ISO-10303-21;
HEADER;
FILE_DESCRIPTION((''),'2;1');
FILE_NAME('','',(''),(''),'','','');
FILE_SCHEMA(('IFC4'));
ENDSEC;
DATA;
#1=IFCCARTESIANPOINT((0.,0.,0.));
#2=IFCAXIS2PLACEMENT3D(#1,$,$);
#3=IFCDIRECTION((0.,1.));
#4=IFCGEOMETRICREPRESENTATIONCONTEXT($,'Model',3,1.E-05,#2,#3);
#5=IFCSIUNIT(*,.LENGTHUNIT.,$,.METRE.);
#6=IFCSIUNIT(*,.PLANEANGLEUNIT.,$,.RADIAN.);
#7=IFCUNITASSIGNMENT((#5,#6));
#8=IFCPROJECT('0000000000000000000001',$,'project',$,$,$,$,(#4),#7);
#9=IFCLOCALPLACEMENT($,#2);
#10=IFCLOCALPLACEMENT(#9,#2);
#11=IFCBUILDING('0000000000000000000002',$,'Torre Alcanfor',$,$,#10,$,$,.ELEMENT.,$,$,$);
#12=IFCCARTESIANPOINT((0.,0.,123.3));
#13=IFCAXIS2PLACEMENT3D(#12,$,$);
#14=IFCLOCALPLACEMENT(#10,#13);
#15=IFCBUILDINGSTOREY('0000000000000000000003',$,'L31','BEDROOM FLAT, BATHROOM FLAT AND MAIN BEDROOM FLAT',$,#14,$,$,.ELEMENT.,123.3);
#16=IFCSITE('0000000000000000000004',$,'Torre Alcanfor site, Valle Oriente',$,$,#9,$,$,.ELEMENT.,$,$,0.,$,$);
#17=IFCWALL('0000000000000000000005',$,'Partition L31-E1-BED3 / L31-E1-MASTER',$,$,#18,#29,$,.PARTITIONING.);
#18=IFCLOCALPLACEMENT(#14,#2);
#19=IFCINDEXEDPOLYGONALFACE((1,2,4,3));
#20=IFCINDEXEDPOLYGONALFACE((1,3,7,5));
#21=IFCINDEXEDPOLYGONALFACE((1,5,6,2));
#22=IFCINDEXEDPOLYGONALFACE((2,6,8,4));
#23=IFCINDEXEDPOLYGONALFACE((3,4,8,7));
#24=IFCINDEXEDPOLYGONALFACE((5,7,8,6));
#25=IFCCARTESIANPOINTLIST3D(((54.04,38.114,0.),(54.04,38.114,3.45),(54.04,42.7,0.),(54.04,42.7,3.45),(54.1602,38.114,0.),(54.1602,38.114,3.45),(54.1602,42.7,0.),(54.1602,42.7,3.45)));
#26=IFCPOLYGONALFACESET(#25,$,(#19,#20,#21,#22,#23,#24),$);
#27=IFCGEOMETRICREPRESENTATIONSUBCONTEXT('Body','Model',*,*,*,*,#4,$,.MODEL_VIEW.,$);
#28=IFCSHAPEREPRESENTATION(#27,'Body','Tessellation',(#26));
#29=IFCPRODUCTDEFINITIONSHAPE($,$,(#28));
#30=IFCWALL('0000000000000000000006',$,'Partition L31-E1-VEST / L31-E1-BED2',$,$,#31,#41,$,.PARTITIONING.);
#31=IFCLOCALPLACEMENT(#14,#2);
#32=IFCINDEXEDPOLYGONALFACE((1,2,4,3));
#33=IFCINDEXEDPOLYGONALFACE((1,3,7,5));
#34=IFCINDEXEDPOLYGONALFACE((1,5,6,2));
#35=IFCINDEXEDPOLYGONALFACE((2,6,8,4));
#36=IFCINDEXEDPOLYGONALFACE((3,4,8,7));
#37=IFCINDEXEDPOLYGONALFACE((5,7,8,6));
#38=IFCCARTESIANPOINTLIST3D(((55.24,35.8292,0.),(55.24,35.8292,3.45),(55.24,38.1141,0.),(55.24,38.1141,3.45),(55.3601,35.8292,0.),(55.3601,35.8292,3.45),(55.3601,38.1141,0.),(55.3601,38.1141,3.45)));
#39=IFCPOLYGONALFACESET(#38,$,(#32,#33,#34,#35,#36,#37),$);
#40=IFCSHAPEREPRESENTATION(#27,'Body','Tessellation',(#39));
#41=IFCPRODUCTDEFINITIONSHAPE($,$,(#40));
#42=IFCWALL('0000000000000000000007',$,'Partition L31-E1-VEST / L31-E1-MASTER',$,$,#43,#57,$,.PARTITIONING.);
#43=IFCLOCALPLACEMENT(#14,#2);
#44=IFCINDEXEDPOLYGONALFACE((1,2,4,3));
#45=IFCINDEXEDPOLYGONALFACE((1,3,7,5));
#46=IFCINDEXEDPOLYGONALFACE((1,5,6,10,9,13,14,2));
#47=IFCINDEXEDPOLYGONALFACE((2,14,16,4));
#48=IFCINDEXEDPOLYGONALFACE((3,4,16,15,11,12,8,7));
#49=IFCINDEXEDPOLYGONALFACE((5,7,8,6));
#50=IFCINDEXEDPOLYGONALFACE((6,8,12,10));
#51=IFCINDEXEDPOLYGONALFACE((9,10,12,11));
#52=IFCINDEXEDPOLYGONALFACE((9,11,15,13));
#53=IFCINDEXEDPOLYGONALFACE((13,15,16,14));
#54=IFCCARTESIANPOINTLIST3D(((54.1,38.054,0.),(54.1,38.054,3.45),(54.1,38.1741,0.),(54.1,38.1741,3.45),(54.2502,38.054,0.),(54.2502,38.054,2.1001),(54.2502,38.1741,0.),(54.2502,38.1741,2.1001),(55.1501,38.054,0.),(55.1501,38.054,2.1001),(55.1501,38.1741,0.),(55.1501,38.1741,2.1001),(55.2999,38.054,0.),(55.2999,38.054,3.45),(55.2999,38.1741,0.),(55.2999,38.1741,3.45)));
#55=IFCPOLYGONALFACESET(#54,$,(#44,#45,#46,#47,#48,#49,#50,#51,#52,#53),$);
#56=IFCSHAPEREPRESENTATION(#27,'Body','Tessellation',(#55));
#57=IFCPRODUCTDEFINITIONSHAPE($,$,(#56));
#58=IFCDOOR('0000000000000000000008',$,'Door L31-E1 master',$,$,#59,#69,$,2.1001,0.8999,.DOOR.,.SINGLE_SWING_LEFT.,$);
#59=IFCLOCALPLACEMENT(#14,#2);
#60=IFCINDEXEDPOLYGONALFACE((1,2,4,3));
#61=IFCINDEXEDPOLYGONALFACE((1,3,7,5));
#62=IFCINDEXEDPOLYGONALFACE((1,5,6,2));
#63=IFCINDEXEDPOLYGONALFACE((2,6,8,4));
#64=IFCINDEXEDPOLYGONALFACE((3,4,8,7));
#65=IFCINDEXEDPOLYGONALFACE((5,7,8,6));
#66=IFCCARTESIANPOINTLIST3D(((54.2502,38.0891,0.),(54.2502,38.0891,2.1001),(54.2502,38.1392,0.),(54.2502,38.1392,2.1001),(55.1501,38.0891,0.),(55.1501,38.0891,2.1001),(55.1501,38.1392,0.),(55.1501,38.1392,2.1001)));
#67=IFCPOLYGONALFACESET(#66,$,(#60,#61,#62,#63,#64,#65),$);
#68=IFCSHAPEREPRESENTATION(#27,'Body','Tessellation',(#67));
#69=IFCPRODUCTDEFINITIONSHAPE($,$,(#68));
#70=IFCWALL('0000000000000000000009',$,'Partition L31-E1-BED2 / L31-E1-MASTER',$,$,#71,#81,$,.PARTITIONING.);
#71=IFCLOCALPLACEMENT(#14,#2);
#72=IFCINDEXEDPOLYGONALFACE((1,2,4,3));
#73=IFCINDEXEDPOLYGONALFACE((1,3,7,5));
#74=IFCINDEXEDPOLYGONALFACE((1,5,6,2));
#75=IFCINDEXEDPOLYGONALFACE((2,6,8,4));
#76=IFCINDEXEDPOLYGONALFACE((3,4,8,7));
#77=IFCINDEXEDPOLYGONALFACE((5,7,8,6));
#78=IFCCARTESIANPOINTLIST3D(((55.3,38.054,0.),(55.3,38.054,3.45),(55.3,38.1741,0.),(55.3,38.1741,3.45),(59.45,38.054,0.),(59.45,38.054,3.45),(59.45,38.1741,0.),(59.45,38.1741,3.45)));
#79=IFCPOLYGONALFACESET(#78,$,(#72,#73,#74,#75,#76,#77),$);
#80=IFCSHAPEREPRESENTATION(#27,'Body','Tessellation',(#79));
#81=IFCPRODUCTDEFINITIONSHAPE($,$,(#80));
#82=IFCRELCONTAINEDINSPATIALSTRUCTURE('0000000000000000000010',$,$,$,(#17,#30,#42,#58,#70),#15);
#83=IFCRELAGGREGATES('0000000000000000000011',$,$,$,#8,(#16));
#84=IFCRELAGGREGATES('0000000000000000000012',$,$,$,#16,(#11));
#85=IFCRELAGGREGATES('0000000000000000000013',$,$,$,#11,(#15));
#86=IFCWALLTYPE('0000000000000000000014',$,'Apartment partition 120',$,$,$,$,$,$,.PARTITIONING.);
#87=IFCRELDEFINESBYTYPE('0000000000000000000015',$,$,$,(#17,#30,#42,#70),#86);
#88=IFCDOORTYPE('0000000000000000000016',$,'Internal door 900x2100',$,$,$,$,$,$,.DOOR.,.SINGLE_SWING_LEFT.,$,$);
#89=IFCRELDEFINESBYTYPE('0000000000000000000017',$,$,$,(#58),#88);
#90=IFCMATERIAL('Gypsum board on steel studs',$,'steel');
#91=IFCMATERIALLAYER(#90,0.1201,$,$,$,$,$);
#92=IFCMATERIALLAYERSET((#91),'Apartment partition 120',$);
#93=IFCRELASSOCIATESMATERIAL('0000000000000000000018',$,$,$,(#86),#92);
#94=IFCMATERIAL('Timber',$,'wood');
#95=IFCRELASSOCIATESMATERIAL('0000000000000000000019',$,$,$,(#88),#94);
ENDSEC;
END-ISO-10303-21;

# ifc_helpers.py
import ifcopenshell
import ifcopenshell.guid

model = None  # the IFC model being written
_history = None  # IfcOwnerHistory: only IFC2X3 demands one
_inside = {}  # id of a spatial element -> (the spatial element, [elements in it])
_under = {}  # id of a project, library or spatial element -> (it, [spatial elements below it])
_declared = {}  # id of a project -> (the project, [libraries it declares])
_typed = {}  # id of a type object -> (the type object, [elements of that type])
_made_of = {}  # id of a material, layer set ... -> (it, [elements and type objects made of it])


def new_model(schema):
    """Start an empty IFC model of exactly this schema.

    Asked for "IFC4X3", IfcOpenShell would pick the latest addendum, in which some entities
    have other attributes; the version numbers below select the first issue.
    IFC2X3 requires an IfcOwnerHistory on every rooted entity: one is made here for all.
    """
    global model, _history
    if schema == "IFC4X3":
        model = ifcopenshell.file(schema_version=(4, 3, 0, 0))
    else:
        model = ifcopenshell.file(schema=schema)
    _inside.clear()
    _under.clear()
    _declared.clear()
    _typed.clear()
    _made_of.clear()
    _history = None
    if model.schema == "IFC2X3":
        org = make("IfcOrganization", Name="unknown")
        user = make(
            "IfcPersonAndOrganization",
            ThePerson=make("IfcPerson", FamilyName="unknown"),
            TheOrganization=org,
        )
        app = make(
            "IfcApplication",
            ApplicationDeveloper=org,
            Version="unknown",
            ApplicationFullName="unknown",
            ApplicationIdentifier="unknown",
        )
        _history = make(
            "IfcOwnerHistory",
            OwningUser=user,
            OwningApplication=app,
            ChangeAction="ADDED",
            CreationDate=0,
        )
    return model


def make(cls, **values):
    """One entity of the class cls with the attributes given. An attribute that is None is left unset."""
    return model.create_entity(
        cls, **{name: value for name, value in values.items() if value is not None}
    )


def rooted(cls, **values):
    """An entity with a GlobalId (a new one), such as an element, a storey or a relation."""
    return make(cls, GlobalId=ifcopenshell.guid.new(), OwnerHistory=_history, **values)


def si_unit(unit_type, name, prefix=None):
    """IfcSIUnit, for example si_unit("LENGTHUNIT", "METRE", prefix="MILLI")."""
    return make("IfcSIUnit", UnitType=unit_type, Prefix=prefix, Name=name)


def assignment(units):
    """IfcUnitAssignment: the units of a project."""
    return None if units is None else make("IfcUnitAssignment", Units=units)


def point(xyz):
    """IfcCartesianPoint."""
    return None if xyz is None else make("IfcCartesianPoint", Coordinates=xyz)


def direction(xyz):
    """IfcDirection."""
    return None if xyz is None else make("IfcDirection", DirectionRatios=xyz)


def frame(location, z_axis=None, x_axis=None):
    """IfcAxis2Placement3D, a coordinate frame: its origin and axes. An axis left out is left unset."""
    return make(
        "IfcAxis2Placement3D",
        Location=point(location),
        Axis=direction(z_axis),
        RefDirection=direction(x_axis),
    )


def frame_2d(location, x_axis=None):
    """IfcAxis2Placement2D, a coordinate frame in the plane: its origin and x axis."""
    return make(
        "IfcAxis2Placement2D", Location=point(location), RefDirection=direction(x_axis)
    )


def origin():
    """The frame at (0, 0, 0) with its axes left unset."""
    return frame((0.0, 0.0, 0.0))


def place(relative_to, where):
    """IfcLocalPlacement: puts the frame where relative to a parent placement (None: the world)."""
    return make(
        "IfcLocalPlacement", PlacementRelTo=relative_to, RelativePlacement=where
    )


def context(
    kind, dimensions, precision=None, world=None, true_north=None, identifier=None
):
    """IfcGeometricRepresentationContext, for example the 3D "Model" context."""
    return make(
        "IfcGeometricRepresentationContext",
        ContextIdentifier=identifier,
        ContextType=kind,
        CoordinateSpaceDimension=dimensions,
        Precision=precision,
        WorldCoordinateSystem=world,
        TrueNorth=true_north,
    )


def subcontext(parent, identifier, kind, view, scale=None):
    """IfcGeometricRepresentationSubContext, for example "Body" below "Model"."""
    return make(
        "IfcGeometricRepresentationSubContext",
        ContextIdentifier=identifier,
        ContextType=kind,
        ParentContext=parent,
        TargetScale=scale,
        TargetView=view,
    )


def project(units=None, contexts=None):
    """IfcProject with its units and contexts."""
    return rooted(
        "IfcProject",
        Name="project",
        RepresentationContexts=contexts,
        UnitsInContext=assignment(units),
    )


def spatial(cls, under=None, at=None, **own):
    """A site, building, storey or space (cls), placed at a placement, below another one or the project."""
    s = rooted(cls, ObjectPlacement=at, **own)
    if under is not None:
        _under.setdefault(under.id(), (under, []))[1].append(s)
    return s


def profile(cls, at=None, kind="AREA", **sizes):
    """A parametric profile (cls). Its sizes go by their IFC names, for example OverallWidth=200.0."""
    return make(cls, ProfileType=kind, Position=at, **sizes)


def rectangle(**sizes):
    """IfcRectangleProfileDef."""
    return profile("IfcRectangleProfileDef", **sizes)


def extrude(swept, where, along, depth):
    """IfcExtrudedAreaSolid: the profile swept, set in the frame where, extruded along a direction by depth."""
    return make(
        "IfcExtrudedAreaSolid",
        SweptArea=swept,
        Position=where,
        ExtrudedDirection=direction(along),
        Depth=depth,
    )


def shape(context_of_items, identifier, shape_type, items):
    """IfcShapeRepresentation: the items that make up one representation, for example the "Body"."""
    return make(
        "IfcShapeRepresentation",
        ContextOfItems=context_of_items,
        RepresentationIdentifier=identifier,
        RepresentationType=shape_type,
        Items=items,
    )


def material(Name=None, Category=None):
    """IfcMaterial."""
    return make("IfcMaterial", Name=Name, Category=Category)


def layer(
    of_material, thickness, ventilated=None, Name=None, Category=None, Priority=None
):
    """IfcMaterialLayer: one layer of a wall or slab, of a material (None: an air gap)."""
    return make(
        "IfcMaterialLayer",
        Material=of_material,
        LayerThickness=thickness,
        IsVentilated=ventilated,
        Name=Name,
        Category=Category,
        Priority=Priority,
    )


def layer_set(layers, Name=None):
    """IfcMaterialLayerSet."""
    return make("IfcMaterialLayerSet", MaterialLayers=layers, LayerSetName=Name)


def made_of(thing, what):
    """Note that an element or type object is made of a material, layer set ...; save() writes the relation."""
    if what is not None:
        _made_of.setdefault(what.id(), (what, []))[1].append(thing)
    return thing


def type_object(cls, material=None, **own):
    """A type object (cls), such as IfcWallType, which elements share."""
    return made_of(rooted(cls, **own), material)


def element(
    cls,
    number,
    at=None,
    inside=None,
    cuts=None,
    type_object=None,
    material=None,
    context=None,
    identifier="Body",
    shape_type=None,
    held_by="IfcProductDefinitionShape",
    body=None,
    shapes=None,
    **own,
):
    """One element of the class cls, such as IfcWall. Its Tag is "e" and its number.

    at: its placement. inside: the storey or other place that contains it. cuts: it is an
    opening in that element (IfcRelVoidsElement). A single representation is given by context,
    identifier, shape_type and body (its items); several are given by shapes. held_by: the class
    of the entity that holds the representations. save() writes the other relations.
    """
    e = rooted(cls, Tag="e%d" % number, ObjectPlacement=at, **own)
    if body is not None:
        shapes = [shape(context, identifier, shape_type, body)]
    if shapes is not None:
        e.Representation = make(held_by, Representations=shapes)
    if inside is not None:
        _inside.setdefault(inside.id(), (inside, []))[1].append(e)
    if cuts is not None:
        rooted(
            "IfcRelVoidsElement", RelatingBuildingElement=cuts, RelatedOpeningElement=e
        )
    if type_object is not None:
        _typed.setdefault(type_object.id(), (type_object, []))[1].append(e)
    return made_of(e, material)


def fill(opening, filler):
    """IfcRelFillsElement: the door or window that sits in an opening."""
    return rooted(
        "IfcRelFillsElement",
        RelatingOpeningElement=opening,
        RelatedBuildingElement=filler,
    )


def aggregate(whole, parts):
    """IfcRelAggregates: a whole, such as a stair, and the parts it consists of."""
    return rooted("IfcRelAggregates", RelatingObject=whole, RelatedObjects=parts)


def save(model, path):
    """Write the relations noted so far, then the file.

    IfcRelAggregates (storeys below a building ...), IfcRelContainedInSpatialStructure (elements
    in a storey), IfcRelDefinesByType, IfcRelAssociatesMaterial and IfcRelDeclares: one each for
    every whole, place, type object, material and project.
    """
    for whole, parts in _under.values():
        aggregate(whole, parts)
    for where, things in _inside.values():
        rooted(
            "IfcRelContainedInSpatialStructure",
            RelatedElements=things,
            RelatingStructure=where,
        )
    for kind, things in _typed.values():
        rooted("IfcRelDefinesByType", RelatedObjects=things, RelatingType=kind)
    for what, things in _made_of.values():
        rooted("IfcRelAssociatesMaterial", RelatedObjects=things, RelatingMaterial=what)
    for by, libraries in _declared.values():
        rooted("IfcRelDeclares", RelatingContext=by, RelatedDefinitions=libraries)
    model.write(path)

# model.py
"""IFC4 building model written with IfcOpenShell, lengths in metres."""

from ifc_helpers import new_model, si_unit, direction, frame, frame_2d, origin, place, context, subcontext, project, spatial, rectangle, extrude, material, layer, layer_set, type_object, element, fill, save


model = new_model("IFC4")

# Units and contexts
model_context = context("Model", 3, precision=1e-05, world=origin(), true_north=direction((0.0, 1.0)))
body_context = subcontext(model_context, "Body", "Model", "MODEL_VIEW")
ifc_project = project(units=[si_unit("LENGTHUNIT", "METRE"), si_unit("PLANEANGLEUNIT", "RADIAN")], contexts=[model_context])

# Site, building, storey
site_placement = place(None, origin())
site = spatial("IfcSite", under=ifc_project, at=site_placement, Name="Torre Alcanfor site, Valle Oriente", CompositionType="ELEMENT", RefElevation=0.0)
building_placement = place(site_placement, origin())
building = spatial("IfcBuilding", under=site, at=building_placement, Name="Torre Alcanfor", CompositionType="ELEMENT")
storey_placement = place(building_placement, frame((0.0, 0.0, 123.3)))
storey = spatial("IfcBuildingStorey", under=building, at=storey_placement, Name="L31", Description="BEDROOM FLAT, BATHROOM FLAT AND MAIN BEDROOM FLAT", CompositionType="ELEMENT", Elevation=123.3)

# Shared definitions
ifc_material_1 = material(Name="Gypsum board on steel studs", Category="steel")
ifc_layer_1 = layer(ifc_material_1, 0.1201)
ifc_layer_set_1 = layer_set([ifc_layer_1], Name="Apartment partition 120")
wall_type_1 = type_object("IfcWallType", Name="Apartment partition 120", PredefinedType="PARTITIONING", material=ifc_layer_set_1)
ifc_material_2 = material(Name="Timber", Category="wood")
door_type_1 = type_object("IfcDoorType", Name="Internal door 900x2100", OperationType="SINGLE_SWING_LEFT", PredefinedType="DOOR", material=ifc_material_2)

# Walls
wall_1_placement = place(storey_placement, frame((54.1001, 38.114, 0.0), z_axis=(0.0, 0.0, 1.0), x_axis=(0.0, 1.0, 0.0)))
element("IfcWall", 1, at=wall_1_placement, inside=storey, type_object=wall_type_1, Name="Partition L31-E1-BED3 / L31-E1-MASTER", PredefinedType="PARTITIONING", context=body_context, shape_type="SweptSolid", body=[
    extrude(rectangle(XDim=4.5859, YDim=0.1201, at=frame_2d((2.293, 0.0))), origin(), (0.0, 0.0, 1.0), 3.45),
])
wall_2_placement = place(storey_placement, frame((55.3, 35.8291, 0.0), z_axis=(0.0, 0.0, 1.0), x_axis=(0.0, 1.0, 0.0)))
element("IfcWall", 2, at=wall_2_placement, inside=storey, type_object=wall_type_1, Name="Partition L31-E1-VEST / L31-E1-BED2", PredefinedType="PARTITIONING", context=body_context, shape_type="SweptSolid", body=[
    extrude(rectangle(XDim=2.2849, YDim=0.1201, at=frame_2d((1.1426, 0.0))), origin(), (0.0, 0.0, 1.0), 3.45),
])

# Wall, opening, door
wall_3_placement = place(storey_placement, frame((55.3, 38.114, 0.0), z_axis=(0.0, 0.0, 1.0), x_axis=(-1.0, 0.0, 0.0)))
wall_3 = element("IfcWall", 3, at=wall_3_placement, inside=storey, type_object=wall_type_1, Name="Partition L31-E1-VEST / L31-E1-MASTER", PredefinedType="PARTITIONING", context=body_context, shape_type="SweptSolid", body=[
    extrude(rectangle(XDim=1.2, YDim=0.1201, at=frame_2d((0.6001, 0.0))), origin(), (0.0, 0.0, 1.0), 3.45),
])
opening_1_placement = place(wall_3_placement, frame((0.1499, 0.0, 0.0)))
opening_1 = element("IfcOpeningElement", 4, at=opening_1_placement, cuts=wall_3, PredefinedType="OPENING", context=body_context, shape_type="SweptSolid", body=[
    extrude(rectangle(XDim=0.8999, YDim=2.1001, at=frame_2d((0.45, 1.05))), frame((0.0, 0.0701, 0.0), z_axis=(0.0, -1.0, 0.0), x_axis=(1.0, 0.0, 0.0)), (0.0, 0.0, 1.0), 0.1401),
])
door_1_placement = place(opening_1_placement, origin())
door_1 = element("IfcDoor", 5, at=door_1_placement, inside=storey, type_object=door_type_1, Name="Door L31-E1 master", OperationType="SINGLE_SWING_LEFT", OverallHeight=2.1001, OverallWidth=0.8999, PredefinedType="DOOR", context=body_context, shape_type="SweptSolid", body=[
    extrude(rectangle(XDim=0.8999, YDim=2.1001, at=frame_2d((0.45, 1.05))), frame((0.0, 0.0249, 0.0), z_axis=(0.0, -1.0, 0.0), x_axis=(1.0, 0.0, 0.0)), (0.0, 0.0, 1.0), 0.05),
])
fill(opening_1, door_1)

# Wall
wall_4_placement = place(storey_placement, frame((59.45, 38.114, 0.0), z_axis=(0.0, 0.0, 1.0), x_axis=(-1.0, 0.0, 0.0)))
element("IfcWall", 6, at=wall_4_placement, inside=storey, type_object=wall_type_1, Name="Partition L31-E1-BED2 / L31-E1-MASTER", PredefinedType="PARTITIONING", context=body_context, shape_type="SweptSolid", body=[
    extrude(rectangle(XDim=4.1499, YDim=0.1201, at=frame_2d((2.075, 0.0))), origin(), (0.0, 0.0, 1.0), 3.45),
])

save(model, "model.ifc")
